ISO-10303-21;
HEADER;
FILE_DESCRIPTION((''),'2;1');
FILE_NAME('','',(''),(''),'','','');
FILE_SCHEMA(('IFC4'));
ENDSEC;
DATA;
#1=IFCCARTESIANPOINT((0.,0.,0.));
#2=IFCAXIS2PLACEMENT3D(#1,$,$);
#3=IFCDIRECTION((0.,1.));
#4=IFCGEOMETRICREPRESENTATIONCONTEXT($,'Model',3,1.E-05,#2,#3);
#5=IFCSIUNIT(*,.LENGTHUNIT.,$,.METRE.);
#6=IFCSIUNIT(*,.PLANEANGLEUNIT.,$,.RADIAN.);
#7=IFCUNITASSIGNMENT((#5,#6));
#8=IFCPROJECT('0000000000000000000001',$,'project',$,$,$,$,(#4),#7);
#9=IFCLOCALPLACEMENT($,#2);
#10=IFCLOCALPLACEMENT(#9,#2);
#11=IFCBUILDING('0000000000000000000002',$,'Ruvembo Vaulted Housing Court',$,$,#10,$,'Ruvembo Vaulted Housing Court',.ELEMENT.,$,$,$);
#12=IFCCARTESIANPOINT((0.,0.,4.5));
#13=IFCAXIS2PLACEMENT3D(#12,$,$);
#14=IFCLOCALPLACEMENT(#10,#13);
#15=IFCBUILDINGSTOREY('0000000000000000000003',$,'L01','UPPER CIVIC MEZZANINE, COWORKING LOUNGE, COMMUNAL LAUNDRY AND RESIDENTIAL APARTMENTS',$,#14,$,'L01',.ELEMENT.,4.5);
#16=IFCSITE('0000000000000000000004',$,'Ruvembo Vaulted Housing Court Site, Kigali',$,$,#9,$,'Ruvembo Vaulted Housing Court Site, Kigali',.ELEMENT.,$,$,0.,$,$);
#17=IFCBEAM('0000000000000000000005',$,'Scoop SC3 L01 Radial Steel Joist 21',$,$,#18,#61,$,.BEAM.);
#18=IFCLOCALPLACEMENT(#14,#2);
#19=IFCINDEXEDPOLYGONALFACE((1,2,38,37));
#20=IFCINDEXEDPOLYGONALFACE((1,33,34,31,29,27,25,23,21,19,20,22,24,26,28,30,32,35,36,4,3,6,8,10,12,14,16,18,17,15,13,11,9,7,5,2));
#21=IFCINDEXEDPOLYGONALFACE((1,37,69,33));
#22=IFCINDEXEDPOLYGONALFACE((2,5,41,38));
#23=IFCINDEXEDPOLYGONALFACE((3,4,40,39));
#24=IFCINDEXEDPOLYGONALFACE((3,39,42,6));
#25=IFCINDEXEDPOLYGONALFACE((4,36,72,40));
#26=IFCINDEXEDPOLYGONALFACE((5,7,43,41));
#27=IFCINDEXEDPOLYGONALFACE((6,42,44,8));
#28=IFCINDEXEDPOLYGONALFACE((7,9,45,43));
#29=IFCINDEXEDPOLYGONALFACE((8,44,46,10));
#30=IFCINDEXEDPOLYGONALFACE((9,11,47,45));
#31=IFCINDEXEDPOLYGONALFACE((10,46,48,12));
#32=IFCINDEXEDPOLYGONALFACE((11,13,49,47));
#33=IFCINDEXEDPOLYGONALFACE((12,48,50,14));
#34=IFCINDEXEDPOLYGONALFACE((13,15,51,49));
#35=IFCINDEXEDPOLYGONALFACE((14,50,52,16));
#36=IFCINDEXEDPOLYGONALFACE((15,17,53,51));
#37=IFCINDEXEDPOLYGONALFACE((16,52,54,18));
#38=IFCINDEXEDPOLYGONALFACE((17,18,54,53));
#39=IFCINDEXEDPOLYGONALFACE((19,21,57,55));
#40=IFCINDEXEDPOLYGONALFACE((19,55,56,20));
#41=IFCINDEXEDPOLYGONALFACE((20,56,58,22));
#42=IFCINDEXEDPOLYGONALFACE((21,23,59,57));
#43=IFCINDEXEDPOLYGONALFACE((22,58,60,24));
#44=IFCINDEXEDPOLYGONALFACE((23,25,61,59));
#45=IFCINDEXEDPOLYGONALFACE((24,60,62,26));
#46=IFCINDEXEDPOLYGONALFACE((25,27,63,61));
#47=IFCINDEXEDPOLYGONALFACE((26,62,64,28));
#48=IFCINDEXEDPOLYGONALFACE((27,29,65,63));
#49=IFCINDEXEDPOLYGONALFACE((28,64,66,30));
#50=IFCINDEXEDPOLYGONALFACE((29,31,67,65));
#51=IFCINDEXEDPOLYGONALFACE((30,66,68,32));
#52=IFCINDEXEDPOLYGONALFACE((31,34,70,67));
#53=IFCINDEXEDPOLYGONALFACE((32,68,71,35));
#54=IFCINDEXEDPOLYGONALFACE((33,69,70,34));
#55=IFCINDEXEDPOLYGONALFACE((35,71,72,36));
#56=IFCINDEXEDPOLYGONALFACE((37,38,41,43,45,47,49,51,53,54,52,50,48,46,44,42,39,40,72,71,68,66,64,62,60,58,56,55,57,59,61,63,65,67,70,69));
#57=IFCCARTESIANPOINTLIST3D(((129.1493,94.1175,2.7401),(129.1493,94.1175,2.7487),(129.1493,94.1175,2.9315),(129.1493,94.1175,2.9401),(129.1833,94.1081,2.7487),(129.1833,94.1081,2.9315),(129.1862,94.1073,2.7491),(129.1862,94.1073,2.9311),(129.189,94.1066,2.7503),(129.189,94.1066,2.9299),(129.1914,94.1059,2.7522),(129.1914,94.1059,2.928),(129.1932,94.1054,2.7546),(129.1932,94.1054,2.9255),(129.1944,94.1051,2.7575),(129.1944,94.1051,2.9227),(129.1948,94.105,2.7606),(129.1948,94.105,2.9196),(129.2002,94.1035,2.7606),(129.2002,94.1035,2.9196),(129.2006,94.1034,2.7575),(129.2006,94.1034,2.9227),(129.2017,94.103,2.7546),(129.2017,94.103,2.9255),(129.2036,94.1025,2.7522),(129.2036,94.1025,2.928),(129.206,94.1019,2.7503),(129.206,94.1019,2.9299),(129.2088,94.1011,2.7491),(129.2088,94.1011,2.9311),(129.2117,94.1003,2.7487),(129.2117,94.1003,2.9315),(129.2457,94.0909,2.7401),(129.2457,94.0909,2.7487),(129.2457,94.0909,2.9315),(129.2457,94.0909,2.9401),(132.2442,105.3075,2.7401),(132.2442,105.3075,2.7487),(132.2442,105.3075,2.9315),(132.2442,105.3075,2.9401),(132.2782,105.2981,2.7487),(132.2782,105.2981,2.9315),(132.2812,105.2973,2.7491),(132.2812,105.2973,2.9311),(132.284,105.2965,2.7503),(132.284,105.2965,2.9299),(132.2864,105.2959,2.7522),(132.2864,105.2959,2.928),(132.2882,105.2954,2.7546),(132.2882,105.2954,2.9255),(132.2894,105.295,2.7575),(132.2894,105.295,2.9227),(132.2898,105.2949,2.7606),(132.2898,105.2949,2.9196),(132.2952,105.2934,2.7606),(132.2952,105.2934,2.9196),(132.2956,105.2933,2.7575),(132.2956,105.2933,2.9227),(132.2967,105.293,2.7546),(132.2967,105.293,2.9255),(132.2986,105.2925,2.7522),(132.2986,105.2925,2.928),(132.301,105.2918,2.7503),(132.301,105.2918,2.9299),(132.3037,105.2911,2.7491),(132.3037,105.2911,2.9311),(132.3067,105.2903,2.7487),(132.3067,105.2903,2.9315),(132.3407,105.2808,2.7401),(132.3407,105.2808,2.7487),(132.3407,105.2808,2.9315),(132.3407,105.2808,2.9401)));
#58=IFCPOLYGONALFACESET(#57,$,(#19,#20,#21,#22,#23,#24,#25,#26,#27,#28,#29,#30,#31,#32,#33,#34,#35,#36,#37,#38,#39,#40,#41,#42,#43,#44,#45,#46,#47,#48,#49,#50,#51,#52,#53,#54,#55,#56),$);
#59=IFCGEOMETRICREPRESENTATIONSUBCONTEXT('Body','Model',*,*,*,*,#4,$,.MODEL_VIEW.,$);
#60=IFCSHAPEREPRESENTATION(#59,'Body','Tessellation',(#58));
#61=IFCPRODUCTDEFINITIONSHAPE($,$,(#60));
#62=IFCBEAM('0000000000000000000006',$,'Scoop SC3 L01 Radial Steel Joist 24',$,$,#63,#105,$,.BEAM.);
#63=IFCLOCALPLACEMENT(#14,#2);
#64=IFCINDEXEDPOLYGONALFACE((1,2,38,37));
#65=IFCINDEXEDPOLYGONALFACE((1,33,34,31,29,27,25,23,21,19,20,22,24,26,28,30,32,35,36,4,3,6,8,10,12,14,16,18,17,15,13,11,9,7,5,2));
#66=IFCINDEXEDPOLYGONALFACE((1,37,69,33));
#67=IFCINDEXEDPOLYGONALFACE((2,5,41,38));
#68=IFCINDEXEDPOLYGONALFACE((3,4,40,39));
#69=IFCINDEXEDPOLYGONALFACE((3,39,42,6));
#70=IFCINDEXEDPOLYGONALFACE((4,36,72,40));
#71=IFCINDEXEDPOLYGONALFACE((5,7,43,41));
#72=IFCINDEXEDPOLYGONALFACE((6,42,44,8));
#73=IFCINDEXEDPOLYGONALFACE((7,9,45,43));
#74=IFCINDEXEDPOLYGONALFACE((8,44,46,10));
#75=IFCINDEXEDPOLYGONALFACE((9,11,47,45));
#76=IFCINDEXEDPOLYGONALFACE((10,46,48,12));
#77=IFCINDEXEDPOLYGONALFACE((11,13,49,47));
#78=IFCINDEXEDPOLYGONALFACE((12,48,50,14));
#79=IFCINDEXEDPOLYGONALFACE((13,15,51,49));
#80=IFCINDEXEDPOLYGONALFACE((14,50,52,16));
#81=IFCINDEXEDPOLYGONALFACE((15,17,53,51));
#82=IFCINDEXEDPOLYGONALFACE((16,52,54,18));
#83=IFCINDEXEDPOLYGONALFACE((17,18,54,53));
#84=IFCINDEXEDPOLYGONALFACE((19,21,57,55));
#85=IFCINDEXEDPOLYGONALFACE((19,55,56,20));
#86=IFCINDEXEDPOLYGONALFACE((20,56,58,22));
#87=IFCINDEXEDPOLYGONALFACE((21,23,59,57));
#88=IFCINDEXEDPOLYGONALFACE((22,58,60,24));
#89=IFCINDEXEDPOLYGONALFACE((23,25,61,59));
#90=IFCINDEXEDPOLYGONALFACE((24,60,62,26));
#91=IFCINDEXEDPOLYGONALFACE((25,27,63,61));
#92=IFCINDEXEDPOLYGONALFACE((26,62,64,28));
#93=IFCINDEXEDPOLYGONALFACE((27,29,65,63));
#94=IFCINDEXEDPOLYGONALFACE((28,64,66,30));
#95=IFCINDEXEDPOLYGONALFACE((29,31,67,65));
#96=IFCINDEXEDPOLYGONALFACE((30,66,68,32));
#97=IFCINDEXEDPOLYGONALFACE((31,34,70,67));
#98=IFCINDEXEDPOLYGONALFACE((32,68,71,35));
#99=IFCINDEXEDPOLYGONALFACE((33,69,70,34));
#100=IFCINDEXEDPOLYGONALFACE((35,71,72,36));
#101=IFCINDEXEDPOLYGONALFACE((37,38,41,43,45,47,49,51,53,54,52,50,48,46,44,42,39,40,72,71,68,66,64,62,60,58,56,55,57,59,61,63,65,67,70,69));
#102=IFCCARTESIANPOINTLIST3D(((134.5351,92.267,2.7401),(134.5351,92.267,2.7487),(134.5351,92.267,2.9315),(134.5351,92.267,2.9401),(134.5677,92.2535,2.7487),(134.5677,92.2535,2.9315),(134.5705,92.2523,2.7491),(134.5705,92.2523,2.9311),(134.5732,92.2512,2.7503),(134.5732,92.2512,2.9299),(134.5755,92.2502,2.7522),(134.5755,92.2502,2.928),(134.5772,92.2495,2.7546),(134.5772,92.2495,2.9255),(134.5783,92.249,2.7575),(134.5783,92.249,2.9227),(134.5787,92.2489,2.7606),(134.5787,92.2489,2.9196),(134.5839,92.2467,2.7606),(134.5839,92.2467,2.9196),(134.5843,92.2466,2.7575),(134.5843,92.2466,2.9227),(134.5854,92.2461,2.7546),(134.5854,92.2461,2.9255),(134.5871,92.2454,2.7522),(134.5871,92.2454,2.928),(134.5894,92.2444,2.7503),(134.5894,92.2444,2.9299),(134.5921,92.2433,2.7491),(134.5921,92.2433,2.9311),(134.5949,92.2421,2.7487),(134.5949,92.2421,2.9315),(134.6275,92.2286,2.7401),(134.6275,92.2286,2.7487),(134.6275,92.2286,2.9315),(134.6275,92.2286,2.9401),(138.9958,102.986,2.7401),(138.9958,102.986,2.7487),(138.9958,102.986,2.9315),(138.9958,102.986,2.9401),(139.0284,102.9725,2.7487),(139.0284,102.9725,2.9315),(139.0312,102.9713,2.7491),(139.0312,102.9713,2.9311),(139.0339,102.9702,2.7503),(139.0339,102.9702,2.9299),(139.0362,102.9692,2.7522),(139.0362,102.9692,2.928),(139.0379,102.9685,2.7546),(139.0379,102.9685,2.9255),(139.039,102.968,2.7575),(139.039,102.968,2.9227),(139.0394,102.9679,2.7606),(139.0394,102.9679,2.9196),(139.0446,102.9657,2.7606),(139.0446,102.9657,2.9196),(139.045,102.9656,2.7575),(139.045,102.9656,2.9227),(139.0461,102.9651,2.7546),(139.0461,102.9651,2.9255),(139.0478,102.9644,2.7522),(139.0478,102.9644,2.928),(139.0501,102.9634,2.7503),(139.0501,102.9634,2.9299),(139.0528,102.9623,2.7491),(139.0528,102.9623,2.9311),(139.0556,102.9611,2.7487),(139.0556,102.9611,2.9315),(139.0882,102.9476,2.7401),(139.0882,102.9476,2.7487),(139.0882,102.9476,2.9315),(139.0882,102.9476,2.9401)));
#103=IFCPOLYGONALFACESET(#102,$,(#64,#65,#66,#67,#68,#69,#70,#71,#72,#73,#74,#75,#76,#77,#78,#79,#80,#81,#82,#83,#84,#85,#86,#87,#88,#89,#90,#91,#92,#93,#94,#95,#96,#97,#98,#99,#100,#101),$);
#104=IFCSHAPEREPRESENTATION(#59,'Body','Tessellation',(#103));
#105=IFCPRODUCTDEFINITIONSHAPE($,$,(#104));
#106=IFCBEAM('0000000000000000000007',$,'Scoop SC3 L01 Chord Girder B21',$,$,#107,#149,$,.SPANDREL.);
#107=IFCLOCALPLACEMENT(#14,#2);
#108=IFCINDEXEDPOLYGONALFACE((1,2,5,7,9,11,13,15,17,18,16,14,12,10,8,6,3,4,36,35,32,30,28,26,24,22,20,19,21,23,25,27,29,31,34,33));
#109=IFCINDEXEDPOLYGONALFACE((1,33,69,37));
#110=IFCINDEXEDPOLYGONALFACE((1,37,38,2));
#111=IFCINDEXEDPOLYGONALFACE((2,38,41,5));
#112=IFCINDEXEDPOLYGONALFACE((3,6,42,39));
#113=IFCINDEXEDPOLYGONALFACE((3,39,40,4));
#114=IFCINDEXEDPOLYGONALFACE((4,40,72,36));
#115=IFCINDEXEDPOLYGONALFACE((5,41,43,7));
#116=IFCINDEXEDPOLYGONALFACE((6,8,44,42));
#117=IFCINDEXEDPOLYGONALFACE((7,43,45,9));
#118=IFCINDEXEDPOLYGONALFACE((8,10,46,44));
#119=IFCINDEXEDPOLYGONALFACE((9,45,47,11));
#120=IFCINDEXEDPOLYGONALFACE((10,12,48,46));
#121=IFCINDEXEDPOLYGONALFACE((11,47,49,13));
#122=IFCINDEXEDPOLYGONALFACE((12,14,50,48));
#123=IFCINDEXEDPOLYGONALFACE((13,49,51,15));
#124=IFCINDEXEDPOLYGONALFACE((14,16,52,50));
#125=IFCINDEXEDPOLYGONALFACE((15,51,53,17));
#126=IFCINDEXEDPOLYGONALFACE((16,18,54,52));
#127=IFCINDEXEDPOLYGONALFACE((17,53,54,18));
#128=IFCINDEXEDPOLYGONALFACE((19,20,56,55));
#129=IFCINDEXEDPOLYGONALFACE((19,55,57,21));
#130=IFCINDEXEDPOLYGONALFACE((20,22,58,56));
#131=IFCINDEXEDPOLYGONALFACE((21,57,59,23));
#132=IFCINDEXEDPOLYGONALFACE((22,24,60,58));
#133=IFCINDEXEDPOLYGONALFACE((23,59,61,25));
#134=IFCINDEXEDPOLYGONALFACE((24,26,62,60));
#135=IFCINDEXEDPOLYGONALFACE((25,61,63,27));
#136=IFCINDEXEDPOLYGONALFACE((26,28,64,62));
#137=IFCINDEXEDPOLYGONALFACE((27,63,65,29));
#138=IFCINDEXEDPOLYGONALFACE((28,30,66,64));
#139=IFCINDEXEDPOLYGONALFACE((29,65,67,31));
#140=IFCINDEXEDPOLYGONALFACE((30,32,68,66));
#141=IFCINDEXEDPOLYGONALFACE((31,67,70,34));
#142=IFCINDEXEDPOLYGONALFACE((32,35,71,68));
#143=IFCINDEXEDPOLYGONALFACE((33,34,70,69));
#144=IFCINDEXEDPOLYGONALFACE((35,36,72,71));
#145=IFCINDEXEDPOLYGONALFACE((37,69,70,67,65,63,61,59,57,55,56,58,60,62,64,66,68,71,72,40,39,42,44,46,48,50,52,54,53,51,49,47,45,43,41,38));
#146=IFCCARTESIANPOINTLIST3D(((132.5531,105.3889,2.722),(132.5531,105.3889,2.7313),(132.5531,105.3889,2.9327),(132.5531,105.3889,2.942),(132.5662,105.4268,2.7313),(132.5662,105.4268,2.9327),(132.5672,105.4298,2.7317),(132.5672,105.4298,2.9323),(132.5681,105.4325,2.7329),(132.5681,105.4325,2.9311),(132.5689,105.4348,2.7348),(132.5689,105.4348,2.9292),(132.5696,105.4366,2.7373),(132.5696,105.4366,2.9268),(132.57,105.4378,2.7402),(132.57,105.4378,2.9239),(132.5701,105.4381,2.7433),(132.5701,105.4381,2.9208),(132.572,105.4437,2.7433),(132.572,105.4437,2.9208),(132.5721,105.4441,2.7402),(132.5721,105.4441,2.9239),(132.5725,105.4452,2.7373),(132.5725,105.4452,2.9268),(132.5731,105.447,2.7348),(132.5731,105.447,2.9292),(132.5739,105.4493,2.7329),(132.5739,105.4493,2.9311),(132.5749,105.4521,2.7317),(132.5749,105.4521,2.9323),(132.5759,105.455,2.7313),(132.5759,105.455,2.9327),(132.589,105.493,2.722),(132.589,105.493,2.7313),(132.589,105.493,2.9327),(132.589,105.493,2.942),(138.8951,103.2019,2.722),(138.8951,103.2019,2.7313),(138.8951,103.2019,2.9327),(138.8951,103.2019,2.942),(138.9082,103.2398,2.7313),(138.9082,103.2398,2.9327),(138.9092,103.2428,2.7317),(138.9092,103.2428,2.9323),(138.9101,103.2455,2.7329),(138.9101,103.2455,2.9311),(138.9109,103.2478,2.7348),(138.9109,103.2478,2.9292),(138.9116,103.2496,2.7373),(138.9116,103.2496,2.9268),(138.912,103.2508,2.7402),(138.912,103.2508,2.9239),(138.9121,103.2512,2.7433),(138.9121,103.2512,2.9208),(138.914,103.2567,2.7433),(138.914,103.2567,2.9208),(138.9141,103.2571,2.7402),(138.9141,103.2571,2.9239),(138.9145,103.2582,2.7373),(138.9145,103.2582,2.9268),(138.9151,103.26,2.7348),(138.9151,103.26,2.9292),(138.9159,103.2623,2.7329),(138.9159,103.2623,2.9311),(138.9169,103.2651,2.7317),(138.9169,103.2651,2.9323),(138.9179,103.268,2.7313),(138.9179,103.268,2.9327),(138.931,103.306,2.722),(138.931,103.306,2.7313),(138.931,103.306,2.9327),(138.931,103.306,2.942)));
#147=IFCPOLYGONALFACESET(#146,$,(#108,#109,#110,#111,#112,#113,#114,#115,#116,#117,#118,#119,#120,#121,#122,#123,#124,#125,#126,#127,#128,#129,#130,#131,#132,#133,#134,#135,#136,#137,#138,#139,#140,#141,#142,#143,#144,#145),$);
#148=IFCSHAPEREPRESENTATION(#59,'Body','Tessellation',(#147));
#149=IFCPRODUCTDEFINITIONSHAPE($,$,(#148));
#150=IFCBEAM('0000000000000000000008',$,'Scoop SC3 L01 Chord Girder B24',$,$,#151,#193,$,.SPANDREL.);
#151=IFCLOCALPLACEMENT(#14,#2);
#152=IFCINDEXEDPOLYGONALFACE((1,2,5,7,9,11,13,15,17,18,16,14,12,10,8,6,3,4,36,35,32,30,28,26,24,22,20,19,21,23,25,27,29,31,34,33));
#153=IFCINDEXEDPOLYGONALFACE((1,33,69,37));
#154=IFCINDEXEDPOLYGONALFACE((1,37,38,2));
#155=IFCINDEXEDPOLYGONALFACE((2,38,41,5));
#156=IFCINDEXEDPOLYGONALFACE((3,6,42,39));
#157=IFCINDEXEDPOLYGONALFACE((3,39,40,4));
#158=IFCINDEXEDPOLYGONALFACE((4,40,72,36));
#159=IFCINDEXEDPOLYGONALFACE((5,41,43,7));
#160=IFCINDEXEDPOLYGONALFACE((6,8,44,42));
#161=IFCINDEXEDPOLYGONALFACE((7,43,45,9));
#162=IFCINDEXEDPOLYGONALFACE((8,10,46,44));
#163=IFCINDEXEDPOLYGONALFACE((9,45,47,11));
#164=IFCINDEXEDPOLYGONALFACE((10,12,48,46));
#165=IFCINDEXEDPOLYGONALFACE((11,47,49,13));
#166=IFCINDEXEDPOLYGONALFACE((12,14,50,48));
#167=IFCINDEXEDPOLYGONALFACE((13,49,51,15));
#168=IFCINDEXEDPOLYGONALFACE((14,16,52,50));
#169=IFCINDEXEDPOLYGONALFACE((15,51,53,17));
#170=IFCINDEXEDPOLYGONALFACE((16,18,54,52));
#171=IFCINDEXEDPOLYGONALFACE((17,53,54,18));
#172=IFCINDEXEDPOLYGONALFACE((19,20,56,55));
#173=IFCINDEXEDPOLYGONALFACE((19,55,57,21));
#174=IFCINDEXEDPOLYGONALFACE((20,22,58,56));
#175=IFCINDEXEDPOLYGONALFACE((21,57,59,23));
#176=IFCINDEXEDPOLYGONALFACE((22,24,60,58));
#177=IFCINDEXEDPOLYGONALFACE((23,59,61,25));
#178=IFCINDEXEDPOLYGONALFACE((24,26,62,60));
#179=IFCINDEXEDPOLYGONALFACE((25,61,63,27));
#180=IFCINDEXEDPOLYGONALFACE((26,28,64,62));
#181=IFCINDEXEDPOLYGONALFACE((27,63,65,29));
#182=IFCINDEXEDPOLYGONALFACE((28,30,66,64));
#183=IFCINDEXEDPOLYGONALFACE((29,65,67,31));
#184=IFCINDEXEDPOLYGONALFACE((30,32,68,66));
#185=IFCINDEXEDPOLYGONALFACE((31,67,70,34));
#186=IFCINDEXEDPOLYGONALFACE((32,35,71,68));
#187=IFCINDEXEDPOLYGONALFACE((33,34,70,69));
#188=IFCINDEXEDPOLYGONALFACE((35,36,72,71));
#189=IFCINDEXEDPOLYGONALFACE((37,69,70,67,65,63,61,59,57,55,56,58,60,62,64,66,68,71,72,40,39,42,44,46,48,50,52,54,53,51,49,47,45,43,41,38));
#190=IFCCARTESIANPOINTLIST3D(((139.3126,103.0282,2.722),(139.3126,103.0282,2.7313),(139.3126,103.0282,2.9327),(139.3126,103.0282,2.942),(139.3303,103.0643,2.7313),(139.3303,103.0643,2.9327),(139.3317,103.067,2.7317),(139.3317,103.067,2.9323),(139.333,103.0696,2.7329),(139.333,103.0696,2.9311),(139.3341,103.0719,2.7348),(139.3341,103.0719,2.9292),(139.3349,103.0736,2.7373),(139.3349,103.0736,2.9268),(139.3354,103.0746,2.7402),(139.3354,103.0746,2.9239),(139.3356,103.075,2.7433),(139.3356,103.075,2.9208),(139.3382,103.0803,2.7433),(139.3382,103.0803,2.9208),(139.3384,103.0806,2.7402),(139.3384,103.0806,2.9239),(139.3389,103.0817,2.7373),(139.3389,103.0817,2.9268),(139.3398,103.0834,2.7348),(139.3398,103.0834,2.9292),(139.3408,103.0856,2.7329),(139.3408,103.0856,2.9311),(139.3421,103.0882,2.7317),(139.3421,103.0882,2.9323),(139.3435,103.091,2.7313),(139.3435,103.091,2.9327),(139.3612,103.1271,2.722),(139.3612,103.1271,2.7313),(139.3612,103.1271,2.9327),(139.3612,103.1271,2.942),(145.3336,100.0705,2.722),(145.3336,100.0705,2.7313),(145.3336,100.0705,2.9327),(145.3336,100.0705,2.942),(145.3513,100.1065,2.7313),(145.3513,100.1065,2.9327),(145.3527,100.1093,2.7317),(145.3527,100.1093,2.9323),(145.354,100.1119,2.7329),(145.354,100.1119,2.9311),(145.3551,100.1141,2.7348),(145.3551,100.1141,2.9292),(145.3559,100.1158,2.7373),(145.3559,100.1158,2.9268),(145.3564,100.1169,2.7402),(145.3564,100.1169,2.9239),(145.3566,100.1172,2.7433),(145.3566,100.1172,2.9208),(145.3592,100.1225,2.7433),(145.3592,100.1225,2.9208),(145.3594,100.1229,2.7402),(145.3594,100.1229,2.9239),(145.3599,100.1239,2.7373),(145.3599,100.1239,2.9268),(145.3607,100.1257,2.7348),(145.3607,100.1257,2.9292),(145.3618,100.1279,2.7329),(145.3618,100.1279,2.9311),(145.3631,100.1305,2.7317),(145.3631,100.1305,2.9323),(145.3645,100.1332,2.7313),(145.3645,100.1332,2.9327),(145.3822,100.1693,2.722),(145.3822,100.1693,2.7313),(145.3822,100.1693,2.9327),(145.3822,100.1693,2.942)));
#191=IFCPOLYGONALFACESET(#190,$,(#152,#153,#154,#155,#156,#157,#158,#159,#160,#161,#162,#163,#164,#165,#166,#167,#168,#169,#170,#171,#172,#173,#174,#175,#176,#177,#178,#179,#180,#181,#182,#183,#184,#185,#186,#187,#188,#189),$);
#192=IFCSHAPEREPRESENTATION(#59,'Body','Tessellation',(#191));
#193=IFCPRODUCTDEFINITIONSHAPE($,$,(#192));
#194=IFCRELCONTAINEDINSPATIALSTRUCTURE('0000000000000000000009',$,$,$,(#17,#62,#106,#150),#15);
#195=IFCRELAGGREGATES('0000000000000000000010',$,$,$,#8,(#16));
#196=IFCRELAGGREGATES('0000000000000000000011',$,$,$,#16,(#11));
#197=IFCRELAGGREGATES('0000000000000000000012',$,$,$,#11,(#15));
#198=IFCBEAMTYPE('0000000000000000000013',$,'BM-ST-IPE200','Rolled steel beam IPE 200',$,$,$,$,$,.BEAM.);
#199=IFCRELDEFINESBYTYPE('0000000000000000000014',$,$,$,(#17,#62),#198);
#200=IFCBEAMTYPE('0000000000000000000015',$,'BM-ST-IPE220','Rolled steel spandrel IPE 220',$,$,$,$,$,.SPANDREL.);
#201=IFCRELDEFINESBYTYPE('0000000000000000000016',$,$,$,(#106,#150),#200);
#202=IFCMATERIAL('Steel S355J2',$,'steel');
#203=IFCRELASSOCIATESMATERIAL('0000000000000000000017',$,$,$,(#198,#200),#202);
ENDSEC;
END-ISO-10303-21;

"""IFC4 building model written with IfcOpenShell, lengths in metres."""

from ifc_helpers import new_model, si_unit, direction, frame, origin, origin_2d, place, context, subcontext, project, spatial, i_section, extrude, material, material_profile, profile_set, type_object, element, save


model = new_model("IFC4")

# Units and contexts
model_context = context("Model", 3, precision=1e-05, world=origin(), true_north=direction((0.0, 1.0)))
body_context = subcontext(model_context, "Body", "Model", "MODEL_VIEW")
ifc_project = project(units=[si_unit("LENGTHUNIT", "METRE"), si_unit("PLANEANGLEUNIT", "RADIAN")], contexts=[model_context])

# Site, building, storey
site_placement = place(None, origin())
site = spatial("IfcSite", under=ifc_project, at=site_placement, Name="Ruvembo Vaulted Housing Court Site, Kigali", LongName="Ruvembo Vaulted Housing Court Site, Kigali", CompositionType="ELEMENT", RefElevation=0.0)
building_placement = place(site_placement, origin())
building = spatial("IfcBuilding", under=site, at=building_placement, Name="Ruvembo Vaulted Housing Court", LongName="Ruvembo Vaulted Housing Court", CompositionType="ELEMENT")
storey_placement = place(building_placement, frame((0.0, 0.0, 4.5)))
storey = spatial("IfcBuildingStorey", under=building, at=storey_placement, Name="L01", Description="UPPER CIVIC MEZZANINE, COWORKING LOUNGE, COMMUNAL LAUNDRY AND RESIDENTIAL APARTMENTS", LongName="L01", CompositionType="ELEMENT", Elevation=4.5)

# Beams
ifc_material_1 = material(Name="Steel S355J2", Category="steel")
ifc_material_profile_1 = material_profile(ifc_material_1, i_section(OverallWidth=0.1001, OverallDepth=0.2, WebThickness=0.0056, FlangeThickness=0.0085, FilletRadius=0.012, at=origin_2d()), Name="IPE 200")
ifc_profile_set_1 = profile_set([ifc_material_profile_1], Name="Steel S355J2")
beam_type_1 = type_object("IfcBeamType", Name="BM-ST-IPE200", Description="Rolled steel beam IPE 200", PredefinedType="BEAM", material=ifc_profile_set_1)
for number, where, z_axis, x_axis, name in (
    (1, (132.2925, 105.2942, 2.8401), (-0.266576, -0.963814, 0.0), (0.963814, -0.266576, 0.0), "Scoop SC3 L01 Radial Steel Joist 21"),
    (2, (139.042, 102.9668, 2.8401), (-0.384208, -0.923247, 0.0), (0.923247, -0.384208, 0.0), "Scoop SC3 L01 Radial Steel Joist 24"),
):
    element("IfcBeam", number, at=place(storey_placement, frame(where, z_axis=z_axis, x_axis=x_axis)), inside=storey, type_object=beam_type_1, Name=name, PredefinedType="BEAM", context=body_context, shape_type="SweptSolid", body=[
        extrude(i_section(OverallWidth=0.1001, OverallDepth=0.2, WebThickness=0.0056, FlangeThickness=0.0085, FilletRadius=0.012, at=origin_2d()), origin(), (0.0, 0.0, 1.0), 11.6101),
    ])
ifc_material_profile_2 = material_profile(ifc_material_1, i_section(OverallWidth=0.1101, OverallDepth=0.22, WebThickness=0.0059, FlangeThickness=0.0093, FilletRadius=0.012, at=origin_2d()), Name="IPE 220")
ifc_profile_set_2 = profile_set([ifc_material_profile_2], Name="Steel S355J2")
beam_type_2 = type_object("IfcBeamType", Name="BM-ST-IPE220", Description="Rolled steel spandrel IPE 220", PredefinedType="SPANDREL", material=ifc_profile_set_2)
beam_1_placement = place(storey_placement, frame((132.571, 105.4409, 2.832), z_axis=(0.945368, -0.326004, 0.0), x_axis=(0.326004, 0.945368, 0.0)))
element("IfcBeam", 3, at=beam_1_placement, inside=storey, type_object=beam_type_2, Name="Scoop SC3 L01 Chord Girder B21", PredefinedType="SPANDREL", context=body_context, shape_type="SweptSolid", body=[
    extrude(i_section(OverallWidth=0.1101, OverallDepth=0.22, WebThickness=0.0059, FlangeThickness=0.0093, FilletRadius=0.012, at=origin_2d()), origin(), (0.0, 0.0, 1.0), 6.7085),
])
beam_2_placement = place(storey_placement, frame((139.3369, 103.0776, 2.832), z_axis=(0.89755, -0.440914, 0.0), x_axis=(0.440914, 0.89755, 0.0)))
element("IfcBeam", 4, at=beam_2_placement, inside=storey, type_object=beam_type_2, Name="Scoop SC3 L01 Chord Girder B24", PredefinedType="SPANDREL", context=body_context, shape_type="SweptSolid", body=[
    extrude(i_section(OverallWidth=0.1101, OverallDepth=0.22, WebThickness=0.0059, FlangeThickness=0.0093, FilletRadius=0.012, at=origin_2d()), origin(), (0.0, 0.0, 1.0), 6.7083),
])

save(model, "model.ifc")
